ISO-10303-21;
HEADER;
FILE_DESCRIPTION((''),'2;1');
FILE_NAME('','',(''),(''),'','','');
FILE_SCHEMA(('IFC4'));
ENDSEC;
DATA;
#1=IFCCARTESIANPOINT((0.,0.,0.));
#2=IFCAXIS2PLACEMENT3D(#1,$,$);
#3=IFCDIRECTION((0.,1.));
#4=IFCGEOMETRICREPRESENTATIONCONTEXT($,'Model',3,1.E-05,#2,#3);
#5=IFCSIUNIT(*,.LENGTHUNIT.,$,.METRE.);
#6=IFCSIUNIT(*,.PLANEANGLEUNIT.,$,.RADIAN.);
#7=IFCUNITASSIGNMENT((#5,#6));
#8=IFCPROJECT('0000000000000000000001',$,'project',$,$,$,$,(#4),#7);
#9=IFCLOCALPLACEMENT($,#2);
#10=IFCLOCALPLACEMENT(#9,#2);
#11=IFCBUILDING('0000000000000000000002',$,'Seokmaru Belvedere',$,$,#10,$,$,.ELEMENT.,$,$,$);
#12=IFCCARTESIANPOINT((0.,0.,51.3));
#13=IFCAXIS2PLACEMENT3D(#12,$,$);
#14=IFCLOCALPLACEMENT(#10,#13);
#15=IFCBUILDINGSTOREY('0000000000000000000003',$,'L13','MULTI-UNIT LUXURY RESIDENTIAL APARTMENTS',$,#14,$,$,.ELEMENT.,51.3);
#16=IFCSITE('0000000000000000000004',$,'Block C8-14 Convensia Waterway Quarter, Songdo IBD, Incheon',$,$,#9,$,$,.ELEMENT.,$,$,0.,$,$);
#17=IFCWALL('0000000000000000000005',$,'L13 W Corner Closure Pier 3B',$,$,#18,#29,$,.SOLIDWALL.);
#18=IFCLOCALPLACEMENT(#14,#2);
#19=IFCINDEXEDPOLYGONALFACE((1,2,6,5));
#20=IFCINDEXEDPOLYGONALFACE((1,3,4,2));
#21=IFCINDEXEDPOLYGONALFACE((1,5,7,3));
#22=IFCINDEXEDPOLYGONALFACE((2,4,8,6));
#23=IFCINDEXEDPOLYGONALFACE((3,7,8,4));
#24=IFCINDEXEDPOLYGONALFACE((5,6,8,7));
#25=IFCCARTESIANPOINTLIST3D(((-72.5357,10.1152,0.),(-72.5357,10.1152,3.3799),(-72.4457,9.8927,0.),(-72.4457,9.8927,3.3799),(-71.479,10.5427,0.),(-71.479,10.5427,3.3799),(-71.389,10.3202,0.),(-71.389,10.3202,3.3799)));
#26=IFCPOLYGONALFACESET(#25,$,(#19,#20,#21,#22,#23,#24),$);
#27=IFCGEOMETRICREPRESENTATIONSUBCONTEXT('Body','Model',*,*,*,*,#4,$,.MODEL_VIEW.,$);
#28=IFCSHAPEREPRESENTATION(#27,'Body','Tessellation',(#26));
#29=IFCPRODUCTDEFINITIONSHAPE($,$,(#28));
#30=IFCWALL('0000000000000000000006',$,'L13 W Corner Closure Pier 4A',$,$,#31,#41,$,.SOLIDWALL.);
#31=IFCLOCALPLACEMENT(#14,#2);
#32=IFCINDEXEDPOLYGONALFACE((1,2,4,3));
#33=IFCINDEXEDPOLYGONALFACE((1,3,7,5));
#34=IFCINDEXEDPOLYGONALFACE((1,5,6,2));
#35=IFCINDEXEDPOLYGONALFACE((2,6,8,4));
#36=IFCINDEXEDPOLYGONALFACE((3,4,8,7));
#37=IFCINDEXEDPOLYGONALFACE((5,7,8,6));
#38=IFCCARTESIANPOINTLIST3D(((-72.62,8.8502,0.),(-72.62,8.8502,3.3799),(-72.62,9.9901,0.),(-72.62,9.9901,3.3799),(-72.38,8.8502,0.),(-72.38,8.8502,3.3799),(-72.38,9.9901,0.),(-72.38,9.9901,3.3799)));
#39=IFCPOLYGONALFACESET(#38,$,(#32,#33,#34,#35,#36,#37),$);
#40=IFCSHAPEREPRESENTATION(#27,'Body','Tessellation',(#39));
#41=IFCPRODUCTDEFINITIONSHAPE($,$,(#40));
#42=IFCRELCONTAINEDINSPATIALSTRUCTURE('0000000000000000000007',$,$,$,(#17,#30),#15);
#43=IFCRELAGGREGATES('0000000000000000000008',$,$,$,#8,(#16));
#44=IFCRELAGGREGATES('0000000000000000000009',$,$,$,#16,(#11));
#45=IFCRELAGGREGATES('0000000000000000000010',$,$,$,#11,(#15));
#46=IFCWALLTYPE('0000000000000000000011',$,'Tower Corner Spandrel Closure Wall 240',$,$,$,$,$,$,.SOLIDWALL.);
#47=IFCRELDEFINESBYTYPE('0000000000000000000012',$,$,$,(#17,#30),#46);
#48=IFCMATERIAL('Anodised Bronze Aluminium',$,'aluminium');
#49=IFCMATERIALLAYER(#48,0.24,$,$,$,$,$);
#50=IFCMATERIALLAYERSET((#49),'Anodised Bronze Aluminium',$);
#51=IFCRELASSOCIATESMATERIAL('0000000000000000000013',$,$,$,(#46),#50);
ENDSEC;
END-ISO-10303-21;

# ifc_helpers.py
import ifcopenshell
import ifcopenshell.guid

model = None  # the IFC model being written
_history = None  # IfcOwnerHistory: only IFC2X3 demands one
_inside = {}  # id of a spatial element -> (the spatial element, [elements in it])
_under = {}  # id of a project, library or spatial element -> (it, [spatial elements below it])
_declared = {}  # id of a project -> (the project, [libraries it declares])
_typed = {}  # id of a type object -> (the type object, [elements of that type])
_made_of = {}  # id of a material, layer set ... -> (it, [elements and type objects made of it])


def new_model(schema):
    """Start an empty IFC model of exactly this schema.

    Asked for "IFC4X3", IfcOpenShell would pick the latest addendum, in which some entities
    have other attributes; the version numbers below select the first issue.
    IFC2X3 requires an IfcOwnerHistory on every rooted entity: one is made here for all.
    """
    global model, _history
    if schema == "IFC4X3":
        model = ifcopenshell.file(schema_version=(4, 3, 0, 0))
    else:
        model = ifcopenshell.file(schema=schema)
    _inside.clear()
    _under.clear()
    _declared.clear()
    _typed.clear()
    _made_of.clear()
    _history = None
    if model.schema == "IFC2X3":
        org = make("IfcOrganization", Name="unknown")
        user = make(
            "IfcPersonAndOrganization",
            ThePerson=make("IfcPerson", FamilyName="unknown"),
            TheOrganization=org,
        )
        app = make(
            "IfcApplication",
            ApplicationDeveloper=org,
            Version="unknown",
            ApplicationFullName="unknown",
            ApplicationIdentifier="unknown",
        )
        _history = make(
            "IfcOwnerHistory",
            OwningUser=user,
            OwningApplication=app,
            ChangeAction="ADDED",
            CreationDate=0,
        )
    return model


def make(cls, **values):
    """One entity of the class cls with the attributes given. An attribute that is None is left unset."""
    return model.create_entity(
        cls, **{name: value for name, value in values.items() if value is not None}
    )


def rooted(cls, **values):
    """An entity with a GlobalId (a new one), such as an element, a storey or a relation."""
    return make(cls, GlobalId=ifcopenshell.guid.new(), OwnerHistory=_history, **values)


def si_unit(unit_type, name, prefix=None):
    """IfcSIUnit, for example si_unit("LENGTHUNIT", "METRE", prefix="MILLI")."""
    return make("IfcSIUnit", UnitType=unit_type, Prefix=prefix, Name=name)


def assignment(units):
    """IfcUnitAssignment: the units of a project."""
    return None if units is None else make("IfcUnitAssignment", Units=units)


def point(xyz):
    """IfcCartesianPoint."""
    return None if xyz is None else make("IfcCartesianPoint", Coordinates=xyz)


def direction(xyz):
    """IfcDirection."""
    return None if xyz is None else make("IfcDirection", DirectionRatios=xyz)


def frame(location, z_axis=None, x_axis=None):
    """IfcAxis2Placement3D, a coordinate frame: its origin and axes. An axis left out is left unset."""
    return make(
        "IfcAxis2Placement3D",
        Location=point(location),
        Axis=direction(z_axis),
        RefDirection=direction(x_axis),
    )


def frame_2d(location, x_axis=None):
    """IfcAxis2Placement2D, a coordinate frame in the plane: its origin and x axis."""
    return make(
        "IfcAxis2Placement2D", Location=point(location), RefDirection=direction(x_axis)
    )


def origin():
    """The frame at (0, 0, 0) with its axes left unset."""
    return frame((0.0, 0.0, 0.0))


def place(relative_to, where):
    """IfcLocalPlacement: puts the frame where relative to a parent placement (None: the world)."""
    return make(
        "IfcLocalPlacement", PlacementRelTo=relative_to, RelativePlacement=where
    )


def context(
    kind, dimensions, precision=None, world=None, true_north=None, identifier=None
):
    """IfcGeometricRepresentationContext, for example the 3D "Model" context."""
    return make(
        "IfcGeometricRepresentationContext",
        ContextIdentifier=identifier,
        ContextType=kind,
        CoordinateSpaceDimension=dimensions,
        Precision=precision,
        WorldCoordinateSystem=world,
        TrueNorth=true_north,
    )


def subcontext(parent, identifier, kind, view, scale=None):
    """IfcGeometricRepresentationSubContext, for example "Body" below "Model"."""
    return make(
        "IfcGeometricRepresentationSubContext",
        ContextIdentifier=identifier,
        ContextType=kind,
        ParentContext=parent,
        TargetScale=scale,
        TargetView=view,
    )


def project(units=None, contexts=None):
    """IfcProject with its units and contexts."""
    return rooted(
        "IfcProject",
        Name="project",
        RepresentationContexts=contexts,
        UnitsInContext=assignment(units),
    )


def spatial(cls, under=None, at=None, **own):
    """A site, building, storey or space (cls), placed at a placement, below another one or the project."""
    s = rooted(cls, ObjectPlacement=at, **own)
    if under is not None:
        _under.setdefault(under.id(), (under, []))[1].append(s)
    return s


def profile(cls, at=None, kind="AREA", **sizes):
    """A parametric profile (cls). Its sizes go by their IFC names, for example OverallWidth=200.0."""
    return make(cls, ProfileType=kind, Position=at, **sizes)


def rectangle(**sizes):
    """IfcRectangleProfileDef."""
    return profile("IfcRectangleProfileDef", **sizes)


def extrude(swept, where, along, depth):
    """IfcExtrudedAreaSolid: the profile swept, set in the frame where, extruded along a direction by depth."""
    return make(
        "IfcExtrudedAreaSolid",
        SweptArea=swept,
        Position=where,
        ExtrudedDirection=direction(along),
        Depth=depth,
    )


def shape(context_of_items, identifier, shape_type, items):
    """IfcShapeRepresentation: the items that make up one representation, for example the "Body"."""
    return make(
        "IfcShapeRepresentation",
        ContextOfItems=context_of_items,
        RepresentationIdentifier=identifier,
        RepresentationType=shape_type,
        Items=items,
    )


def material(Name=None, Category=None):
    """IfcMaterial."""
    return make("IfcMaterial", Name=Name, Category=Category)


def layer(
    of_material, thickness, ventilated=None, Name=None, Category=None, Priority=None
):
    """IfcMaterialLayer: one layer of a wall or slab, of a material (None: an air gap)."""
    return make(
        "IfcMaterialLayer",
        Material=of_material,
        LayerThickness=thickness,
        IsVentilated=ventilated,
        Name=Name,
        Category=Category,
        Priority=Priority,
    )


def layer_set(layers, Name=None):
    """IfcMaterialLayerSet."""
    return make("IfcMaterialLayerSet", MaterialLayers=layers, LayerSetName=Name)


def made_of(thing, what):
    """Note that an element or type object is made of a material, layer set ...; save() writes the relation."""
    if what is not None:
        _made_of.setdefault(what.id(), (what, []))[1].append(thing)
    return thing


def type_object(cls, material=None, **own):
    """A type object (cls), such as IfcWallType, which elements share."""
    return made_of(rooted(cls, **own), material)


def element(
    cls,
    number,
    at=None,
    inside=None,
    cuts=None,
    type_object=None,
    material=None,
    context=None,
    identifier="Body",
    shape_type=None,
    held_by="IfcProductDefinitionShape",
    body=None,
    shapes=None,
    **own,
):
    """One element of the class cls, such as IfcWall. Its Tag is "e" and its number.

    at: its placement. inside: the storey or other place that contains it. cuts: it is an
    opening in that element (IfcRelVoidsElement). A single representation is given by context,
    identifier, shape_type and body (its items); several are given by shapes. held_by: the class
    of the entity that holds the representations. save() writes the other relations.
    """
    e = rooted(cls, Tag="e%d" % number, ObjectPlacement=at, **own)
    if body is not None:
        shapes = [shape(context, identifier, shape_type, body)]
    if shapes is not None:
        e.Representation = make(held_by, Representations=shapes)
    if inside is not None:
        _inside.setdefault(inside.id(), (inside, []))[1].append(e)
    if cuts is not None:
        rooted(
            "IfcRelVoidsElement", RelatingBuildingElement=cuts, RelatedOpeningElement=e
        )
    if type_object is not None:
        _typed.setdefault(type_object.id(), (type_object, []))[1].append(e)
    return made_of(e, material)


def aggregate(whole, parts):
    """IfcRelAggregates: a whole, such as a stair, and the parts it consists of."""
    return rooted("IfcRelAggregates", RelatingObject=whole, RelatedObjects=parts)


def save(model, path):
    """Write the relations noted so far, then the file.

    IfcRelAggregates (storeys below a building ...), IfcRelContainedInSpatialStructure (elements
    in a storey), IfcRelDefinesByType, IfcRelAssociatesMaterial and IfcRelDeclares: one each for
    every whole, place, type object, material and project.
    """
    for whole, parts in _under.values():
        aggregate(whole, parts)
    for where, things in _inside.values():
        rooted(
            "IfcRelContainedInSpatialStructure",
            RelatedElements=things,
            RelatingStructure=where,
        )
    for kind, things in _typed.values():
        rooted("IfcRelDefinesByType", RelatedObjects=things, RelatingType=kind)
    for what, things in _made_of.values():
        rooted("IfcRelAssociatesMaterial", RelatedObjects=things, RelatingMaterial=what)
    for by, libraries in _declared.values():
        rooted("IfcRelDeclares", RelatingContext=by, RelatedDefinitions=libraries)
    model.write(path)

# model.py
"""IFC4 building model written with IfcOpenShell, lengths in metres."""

from ifc_helpers import new_model, si_unit, direction, frame, frame_2d, origin, place, context, subcontext, project, spatial, rectangle, extrude, material, layer, layer_set, type_object, element, save


model = new_model("IFC4")

# Units and contexts
model_context = context("Model", 3, precision=1e-05, world=origin(), true_north=direction((0.0, 1.0)))
body_context = subcontext(model_context, "Body", "Model", "MODEL_VIEW")
ifc_project = project(units=[si_unit("LENGTHUNIT", "METRE"), si_unit("PLANEANGLEUNIT", "RADIAN")], contexts=[model_context])

# Site, building, storey
site_placement = place(None, origin())
site = spatial("IfcSite", under=ifc_project, at=site_placement, Name="Block C8-14 Convensia Waterway Quarter, Songdo IBD, Incheon", CompositionType="ELEMENT", RefElevation=0.0)
building_placement = place(site_placement, origin())
building = spatial("IfcBuilding", under=site, at=building_placement, Name="Seokmaru Belvedere", CompositionType="ELEMENT")
storey_placement = place(building_placement, frame((0.0, 0.0, 51.3)))
storey = spatial("IfcBuildingStorey", under=building, at=storey_placement, Name="L13", Description="MULTI-UNIT LUXURY RESIDENTIAL APARTMENTS", CompositionType="ELEMENT", Elevation=51.3)

# Shared definitions
ifc_material_1 = material(Name="Anodised Bronze Aluminium", Category="aluminium")

# Walls
ifc_layer_1 = layer(ifc_material_1, 0.24)
ifc_layer_set_1 = layer_set([ifc_layer_1], Name="Anodised Bronze Aluminium")
wall_type_1 = type_object("IfcWallType", Name="Tower Corner Spandrel Closure Wall 240", PredefinedType="SOLIDWALL", material=ifc_layer_set_1)
for number, where, z_axis, x_axis, name in (
    (1, (-71.4341, 10.4314, 0.0), (0.0, 0.0, 1.0), (-0.927007, -0.375044, 0.0), "L13 W Corner Closure Pier 3B"),
    (2, (-72.5, 9.99, 0.0), (0.0, 0.0, 1.0), (0.0, -1.0, 0.0), "L13 W Corner Closure Pier 4A"),
):
    element("IfcWall", number, at=place(storey_placement, frame(where, z_axis=z_axis, x_axis=x_axis)), inside=storey, type_object=wall_type_1, Name=name, PredefinedType="SOLIDWALL", context=body_context, shape_type="SweptSolid", body=[
        extrude(rectangle(XDim=1.1399, YDim=0.24, at=frame_2d((0.5698, 0.0))), origin(), (0.0, 0.0, 1.0), 3.3799),
    ])

save(model, "model.ifc")
